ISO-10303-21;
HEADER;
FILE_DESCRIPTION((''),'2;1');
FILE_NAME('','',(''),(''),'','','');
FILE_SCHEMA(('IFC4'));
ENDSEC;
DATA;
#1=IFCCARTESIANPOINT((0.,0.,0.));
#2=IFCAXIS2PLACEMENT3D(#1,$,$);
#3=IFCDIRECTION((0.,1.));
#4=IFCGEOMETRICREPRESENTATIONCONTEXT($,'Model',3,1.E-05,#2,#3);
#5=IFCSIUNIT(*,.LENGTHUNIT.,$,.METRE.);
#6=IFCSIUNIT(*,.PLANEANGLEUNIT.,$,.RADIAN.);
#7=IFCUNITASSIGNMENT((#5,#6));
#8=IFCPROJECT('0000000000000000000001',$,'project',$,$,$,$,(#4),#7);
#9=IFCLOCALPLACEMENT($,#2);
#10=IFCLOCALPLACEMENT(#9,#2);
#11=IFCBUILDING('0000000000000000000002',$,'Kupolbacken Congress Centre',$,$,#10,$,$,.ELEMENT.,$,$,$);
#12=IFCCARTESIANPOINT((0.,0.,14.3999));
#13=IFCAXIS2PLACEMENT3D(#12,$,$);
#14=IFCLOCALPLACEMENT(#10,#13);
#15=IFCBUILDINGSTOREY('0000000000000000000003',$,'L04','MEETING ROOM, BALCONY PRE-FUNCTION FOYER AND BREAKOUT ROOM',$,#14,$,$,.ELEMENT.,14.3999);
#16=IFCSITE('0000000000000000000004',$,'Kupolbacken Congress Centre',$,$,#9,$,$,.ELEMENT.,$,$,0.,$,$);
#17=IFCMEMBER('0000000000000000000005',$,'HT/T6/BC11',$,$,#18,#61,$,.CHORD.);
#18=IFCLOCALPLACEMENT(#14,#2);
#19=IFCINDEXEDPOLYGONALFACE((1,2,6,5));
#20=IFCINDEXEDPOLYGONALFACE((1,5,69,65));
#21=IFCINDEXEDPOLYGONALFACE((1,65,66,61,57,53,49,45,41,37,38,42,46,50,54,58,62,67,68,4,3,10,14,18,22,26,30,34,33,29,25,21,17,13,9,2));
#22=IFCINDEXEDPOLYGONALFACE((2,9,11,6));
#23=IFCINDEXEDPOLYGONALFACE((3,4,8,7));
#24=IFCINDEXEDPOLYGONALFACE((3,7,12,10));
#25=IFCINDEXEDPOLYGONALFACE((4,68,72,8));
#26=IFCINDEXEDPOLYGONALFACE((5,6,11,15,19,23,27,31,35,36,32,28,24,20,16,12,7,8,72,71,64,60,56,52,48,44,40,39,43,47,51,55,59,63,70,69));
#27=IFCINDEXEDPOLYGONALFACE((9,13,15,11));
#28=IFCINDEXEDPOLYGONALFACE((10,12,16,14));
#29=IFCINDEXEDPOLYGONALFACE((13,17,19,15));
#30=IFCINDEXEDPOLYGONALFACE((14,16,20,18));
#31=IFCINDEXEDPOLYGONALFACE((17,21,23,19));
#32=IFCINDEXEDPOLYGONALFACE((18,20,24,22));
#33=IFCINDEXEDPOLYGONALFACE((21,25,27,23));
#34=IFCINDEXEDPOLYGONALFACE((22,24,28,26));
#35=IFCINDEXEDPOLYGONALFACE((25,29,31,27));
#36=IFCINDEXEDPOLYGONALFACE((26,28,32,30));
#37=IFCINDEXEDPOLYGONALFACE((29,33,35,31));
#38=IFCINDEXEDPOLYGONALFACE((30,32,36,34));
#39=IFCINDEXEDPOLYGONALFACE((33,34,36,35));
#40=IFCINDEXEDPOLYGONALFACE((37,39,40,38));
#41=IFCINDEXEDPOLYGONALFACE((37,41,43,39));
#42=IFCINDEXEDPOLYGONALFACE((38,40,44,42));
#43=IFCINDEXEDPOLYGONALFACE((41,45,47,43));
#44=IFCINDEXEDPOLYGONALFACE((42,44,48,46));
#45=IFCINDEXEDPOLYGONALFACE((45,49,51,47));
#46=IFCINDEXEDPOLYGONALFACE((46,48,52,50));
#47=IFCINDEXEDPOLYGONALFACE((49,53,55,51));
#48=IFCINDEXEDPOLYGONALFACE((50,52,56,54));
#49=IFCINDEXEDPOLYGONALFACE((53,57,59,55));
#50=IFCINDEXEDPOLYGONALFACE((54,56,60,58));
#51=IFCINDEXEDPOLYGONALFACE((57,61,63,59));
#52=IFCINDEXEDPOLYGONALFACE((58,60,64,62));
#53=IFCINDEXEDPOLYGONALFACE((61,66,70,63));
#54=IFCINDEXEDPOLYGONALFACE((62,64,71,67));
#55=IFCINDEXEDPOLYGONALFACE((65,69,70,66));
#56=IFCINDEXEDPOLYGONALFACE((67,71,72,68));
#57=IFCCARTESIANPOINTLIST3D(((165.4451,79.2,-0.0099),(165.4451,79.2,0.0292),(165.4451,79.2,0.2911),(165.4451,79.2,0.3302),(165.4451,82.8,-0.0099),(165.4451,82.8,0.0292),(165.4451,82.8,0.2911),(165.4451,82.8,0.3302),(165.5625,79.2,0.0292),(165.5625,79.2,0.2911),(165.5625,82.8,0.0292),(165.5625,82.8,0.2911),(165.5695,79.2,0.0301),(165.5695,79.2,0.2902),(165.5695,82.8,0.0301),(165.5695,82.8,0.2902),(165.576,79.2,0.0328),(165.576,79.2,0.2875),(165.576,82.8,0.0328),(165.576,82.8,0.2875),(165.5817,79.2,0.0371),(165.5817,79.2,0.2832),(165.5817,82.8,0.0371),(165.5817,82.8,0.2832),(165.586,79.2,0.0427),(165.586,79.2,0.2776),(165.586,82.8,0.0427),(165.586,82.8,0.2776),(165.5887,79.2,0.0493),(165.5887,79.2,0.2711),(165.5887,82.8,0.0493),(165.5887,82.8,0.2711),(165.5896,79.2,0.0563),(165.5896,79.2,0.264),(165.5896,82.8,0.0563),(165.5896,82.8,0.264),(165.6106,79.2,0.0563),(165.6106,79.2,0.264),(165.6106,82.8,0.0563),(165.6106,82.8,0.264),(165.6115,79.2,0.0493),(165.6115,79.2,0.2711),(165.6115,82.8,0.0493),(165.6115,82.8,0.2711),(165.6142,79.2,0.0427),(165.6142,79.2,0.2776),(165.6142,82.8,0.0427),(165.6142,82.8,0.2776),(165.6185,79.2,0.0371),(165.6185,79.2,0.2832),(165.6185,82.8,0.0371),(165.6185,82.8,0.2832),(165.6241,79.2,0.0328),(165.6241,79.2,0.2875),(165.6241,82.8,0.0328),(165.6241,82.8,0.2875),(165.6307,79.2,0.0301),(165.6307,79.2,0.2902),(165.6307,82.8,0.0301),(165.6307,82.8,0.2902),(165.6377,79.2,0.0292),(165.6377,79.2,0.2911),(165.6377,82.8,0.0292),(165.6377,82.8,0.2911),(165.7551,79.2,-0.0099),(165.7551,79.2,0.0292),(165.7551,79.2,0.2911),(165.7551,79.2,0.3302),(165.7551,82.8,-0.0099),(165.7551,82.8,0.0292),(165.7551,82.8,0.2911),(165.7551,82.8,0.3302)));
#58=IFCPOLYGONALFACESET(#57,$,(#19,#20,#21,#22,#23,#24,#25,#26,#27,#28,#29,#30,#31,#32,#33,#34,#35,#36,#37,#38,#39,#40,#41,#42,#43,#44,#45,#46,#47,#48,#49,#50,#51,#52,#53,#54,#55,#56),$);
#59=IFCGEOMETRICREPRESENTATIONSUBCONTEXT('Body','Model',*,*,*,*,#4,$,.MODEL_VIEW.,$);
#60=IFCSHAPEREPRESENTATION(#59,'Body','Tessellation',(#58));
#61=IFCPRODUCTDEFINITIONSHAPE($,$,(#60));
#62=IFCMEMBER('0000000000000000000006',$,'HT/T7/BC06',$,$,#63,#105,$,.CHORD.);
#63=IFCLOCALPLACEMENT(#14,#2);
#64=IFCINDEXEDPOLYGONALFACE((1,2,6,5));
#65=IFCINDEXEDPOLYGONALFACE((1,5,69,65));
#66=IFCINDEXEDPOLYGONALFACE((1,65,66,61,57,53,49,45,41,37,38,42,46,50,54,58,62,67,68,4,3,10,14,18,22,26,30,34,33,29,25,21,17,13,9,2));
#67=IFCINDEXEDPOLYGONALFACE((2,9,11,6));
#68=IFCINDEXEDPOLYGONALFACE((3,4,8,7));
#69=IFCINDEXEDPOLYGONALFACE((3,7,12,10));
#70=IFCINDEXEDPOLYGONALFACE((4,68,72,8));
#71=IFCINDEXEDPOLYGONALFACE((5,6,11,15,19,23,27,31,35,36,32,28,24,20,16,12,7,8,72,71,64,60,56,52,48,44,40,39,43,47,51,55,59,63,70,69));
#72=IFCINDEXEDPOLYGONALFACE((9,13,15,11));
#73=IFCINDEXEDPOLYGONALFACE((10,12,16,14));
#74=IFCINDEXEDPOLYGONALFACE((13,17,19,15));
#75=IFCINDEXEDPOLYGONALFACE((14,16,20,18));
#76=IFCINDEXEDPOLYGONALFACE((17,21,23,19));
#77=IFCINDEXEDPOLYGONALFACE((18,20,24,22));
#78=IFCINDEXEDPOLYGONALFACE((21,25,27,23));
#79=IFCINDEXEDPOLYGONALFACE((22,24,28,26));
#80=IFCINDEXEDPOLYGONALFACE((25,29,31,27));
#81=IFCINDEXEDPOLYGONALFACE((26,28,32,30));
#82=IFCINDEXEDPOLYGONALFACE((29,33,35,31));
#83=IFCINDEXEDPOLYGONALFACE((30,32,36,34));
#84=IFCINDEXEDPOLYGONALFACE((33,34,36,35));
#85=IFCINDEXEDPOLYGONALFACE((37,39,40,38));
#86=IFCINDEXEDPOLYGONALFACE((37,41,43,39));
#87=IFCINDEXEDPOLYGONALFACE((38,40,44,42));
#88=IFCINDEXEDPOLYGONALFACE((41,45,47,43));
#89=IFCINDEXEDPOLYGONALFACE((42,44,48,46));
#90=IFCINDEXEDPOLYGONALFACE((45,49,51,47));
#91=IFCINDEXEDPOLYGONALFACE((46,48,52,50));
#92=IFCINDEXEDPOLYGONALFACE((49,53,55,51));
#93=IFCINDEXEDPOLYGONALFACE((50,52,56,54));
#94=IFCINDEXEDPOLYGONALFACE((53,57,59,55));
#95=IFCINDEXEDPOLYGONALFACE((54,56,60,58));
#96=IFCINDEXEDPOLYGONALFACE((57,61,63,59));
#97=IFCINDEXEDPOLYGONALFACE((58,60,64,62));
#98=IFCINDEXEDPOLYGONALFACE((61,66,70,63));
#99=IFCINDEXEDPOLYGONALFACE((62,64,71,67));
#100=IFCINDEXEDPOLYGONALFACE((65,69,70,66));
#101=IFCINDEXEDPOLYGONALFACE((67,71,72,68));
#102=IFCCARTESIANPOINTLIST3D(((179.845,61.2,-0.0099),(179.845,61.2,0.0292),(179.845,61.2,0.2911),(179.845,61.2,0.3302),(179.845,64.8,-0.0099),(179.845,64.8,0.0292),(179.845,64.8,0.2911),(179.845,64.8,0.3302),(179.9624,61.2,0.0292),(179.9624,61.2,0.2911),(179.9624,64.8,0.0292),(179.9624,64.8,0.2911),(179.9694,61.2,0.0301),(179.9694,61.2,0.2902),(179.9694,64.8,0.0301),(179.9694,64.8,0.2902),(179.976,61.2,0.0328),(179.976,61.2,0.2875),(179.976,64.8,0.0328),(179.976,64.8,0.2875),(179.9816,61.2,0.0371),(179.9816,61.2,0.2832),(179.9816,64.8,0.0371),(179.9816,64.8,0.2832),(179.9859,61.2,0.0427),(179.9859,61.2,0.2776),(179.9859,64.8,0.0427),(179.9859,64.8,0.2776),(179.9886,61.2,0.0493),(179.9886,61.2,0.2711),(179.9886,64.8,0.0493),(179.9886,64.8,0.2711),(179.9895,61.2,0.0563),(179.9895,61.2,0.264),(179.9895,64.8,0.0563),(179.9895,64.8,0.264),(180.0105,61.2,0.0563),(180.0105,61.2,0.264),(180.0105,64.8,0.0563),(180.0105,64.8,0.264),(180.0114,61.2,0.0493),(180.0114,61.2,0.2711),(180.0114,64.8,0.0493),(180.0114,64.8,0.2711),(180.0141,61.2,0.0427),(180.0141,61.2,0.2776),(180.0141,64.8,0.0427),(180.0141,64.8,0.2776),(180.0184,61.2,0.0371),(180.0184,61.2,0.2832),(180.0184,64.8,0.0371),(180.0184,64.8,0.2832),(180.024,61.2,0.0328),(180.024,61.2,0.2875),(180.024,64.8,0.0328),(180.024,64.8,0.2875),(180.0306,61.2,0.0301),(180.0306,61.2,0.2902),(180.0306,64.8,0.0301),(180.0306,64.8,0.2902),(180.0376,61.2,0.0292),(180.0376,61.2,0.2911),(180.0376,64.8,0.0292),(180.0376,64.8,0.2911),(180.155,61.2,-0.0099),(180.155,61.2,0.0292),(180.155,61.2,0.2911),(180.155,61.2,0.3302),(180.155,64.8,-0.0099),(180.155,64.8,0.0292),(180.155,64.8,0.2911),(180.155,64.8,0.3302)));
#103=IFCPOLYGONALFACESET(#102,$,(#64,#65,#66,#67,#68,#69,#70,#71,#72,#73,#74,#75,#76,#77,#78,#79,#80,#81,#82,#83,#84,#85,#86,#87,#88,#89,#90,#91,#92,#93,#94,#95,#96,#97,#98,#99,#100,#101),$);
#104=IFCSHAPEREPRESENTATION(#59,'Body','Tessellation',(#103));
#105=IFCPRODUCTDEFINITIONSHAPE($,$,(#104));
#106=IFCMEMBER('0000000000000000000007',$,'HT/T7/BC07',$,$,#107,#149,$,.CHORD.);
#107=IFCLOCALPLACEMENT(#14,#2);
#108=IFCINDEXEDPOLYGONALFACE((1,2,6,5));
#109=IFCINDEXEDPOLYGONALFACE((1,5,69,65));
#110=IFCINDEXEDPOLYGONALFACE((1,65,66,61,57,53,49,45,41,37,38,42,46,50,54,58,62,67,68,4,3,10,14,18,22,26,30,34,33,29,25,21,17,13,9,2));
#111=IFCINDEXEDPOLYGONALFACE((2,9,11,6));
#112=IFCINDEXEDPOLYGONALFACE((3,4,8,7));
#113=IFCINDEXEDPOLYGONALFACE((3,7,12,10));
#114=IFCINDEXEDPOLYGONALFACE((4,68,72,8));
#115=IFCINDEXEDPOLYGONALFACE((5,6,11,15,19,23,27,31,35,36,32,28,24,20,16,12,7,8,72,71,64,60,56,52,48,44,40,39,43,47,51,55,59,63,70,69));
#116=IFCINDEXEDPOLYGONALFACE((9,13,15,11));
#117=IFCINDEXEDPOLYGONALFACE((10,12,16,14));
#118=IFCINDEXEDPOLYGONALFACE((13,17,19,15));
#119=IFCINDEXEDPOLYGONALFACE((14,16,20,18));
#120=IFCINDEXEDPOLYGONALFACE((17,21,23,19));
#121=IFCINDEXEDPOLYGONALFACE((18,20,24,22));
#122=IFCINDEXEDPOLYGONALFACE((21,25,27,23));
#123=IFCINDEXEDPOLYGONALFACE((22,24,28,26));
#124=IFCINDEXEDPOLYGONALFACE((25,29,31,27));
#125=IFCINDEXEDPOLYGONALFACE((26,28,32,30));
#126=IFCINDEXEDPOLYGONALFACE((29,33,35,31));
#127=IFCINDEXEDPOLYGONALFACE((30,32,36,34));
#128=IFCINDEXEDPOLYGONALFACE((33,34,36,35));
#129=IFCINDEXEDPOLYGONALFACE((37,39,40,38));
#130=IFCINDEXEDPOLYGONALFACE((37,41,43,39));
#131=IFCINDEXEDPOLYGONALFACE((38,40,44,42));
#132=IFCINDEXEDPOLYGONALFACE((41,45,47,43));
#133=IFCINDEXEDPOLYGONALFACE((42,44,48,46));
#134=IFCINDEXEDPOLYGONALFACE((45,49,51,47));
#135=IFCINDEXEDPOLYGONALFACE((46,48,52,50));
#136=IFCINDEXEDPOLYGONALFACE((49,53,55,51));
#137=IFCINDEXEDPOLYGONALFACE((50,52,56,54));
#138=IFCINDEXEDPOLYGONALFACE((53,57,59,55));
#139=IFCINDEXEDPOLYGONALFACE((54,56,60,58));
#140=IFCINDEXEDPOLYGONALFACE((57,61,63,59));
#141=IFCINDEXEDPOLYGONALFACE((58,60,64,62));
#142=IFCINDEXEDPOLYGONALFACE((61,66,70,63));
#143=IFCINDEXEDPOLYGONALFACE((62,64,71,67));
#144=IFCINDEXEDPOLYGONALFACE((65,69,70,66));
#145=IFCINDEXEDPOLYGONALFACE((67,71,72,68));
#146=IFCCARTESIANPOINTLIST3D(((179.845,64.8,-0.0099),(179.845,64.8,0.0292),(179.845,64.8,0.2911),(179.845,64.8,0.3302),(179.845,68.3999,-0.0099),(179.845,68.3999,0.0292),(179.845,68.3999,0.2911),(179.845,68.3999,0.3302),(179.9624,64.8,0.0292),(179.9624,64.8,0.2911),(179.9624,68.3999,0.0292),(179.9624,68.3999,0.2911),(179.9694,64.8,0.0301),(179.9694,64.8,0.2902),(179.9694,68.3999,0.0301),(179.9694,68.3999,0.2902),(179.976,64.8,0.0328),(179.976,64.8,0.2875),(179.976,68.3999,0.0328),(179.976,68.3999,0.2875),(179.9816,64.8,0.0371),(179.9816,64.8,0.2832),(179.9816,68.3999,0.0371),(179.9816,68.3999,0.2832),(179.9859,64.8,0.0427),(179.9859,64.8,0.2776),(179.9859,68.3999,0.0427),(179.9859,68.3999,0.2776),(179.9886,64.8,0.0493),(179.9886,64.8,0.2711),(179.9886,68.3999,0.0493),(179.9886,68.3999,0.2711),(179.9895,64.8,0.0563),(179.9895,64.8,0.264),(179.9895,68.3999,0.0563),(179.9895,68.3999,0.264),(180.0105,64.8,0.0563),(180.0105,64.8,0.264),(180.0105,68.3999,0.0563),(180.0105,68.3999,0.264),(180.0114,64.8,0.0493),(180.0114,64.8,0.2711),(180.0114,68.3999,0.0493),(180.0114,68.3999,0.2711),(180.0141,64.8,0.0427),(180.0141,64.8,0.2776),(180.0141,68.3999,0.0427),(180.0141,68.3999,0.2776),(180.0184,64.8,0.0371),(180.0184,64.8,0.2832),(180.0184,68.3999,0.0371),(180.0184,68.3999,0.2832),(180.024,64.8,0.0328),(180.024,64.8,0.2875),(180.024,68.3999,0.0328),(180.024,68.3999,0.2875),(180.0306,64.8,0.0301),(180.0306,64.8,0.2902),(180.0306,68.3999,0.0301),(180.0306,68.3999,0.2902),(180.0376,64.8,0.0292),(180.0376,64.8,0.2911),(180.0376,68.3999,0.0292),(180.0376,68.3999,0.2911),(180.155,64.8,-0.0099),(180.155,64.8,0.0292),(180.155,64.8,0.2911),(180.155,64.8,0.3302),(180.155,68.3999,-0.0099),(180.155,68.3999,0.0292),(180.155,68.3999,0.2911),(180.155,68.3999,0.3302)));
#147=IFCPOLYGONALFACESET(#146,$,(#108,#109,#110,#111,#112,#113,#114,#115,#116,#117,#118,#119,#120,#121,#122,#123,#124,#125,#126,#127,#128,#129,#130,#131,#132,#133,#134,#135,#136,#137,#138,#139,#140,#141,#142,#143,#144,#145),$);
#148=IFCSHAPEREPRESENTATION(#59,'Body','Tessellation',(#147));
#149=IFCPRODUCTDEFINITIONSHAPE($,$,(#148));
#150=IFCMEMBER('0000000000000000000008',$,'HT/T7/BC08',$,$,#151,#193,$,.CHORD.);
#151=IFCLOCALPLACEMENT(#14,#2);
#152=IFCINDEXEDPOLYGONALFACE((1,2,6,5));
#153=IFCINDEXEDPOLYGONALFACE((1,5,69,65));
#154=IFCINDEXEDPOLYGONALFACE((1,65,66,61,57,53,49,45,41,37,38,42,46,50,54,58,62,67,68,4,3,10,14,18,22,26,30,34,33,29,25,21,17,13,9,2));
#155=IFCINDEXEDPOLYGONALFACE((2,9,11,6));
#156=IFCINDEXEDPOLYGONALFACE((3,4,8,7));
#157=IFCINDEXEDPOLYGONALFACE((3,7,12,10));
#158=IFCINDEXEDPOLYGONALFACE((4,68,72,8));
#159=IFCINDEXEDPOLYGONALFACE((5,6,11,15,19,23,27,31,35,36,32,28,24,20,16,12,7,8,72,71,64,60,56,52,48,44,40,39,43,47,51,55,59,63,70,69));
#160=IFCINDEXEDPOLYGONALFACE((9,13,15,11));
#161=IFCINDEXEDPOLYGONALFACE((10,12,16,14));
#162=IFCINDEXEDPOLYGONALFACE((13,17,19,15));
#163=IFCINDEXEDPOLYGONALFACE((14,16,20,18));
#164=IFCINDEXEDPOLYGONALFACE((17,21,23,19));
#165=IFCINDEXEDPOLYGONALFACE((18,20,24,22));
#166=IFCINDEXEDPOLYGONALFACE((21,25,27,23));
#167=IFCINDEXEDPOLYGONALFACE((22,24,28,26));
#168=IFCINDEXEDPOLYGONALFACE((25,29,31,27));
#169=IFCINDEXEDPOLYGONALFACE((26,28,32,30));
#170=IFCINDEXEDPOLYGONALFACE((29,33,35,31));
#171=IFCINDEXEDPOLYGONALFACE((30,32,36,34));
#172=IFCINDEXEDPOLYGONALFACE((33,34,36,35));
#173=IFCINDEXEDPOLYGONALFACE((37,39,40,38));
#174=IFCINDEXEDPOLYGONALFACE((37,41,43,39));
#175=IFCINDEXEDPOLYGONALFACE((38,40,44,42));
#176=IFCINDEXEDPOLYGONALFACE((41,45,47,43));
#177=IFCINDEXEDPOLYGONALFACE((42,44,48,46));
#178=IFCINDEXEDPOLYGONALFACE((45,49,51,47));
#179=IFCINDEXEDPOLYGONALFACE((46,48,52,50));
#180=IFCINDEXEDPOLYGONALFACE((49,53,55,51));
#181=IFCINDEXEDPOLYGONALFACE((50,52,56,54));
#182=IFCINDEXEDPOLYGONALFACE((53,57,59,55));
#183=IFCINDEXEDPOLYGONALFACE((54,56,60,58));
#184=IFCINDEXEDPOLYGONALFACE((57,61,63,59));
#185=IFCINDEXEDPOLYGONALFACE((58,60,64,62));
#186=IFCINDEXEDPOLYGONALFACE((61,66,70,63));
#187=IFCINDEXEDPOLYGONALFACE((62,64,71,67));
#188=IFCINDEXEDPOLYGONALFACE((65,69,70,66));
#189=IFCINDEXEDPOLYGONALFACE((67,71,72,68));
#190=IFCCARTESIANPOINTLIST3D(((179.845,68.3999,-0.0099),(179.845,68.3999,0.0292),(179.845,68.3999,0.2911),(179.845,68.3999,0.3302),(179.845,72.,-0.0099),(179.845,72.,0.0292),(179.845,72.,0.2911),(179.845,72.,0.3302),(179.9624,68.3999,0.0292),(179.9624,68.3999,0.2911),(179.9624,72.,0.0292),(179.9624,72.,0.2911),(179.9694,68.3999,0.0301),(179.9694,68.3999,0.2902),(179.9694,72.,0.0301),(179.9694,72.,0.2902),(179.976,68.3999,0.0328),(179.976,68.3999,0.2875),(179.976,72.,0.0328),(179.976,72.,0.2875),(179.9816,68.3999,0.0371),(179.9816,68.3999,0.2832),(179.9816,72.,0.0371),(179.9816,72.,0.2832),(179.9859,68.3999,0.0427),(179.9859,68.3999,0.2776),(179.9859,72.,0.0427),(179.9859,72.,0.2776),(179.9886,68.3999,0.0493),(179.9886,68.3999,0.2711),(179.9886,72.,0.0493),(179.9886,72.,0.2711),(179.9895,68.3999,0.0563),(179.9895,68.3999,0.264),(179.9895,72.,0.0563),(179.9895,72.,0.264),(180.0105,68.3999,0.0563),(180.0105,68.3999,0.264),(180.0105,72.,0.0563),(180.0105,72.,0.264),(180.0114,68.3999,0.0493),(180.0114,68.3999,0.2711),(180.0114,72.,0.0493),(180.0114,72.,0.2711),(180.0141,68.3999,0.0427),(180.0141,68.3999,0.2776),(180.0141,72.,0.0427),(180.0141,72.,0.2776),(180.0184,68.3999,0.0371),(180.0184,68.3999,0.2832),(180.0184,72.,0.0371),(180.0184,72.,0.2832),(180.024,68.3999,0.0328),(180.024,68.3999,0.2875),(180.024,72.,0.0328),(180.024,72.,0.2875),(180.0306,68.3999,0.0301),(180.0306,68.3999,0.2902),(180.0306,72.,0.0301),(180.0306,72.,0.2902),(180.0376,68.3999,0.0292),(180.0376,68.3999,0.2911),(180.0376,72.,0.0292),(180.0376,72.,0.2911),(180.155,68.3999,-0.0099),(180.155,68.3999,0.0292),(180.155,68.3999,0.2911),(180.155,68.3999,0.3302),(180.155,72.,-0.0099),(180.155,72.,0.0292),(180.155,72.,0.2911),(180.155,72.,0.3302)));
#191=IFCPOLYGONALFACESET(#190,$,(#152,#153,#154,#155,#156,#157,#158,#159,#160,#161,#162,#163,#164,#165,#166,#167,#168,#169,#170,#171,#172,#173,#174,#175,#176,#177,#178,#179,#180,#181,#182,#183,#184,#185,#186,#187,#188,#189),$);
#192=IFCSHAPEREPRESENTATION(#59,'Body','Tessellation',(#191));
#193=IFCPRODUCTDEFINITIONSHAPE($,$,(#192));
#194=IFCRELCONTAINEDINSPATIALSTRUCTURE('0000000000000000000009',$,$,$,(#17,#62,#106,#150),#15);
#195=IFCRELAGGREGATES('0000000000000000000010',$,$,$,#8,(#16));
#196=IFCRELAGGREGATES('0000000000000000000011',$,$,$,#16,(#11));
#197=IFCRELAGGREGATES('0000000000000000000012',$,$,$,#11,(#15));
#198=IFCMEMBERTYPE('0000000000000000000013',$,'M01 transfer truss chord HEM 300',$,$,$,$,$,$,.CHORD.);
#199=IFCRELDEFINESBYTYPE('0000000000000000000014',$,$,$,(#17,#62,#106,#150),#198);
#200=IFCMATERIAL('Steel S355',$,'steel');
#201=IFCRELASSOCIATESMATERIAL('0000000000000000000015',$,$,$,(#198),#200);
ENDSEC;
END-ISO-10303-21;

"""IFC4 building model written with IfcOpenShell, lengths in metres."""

from ifc_helpers import new_model, si_unit, direction, frame, origin, origin_2d, place, context, subcontext, project, spatial, i_section, extrude, material, material_profile, profile_set, type_object, element, save


model = new_model("IFC4")

# Units and contexts
model_context = context("Model", 3, precision=1e-05, world=origin(), true_north=direction((0.0, 1.0)))
body_context = subcontext(model_context, "Body", "Model", "MODEL_VIEW")
ifc_project = project(units=[si_unit("LENGTHUNIT", "METRE"), si_unit("PLANEANGLEUNIT", "RADIAN")], contexts=[model_context])

# Site, building, storey
site_placement = place(None, origin())
site = spatial("IfcSite", under=ifc_project, at=site_placement, Name="Kupolbacken Congress Centre", CompositionType="ELEMENT", RefElevation=0.0)
building_placement = place(site_placement, origin())
building = spatial("IfcBuilding", under=site, at=building_placement, Name="Kupolbacken Congress Centre", CompositionType="ELEMENT")
storey_placement = place(building_placement, frame((0.0, 0.0, 14.3999)))
storey = spatial("IfcBuildingStorey", under=building, at=storey_placement, Name="L04", Description="MEETING ROOM, BALCONY PRE-FUNCTION FOYER AND BREAKOUT ROOM", CompositionType="ELEMENT", Elevation=14.3999)

# Members
ifc_material_1 = material(Name="Steel S355", Category="steel")
ifc_material_profile_1 = material_profile(ifc_material_1, i_section(OverallWidth=0.3101, OverallDepth=0.3401, WebThickness=0.021, FlangeThickness=0.0391, FilletRadius=0.0271, at=origin_2d()), Name="HEM 300")
ifc_profile_set_1 = profile_set([ifc_material_profile_1], Name="Steel S355")
member_type_1 = type_object("IfcMemberType", Name="M01 transfer truss chord HEM 300", PredefinedType="CHORD", material=ifc_profile_set_1)
for number, where, z_axis, x_axis, name in (
    (1, (165.6001, 79.2, 0.1602), (0.0, 1.0, 0.0), (-1.0, 0.0, 0.0), "HT/T6/BC11"),
    (2, (180.0, 61.2, 0.1602), (0.0, 1.0, 0.0), (-1.0, 0.0, 0.0), "HT/T7/BC06"),
):
    element("IfcMember", number, at=place(storey_placement, frame(where, z_axis=z_axis, x_axis=x_axis)), inside=storey, type_object=member_type_1, Name=name, PredefinedType="CHORD", context=body_context, shape_type="SweptSolid", body=[
        extrude(i_section(OverallWidth=0.3101, OverallDepth=0.3401, WebThickness=0.021, FlangeThickness=0.0391, FilletRadius=0.0271, at=origin_2d()), origin(), (0.0, 0.0, 1.0), 3.6001),
    ])
member_1_placement = place(storey_placement, frame((180.0, 64.8, 0.1602), z_axis=(0.0, 1.0, 0.0), x_axis=(-1.0, 0.0, 0.0)))
element("IfcMember", 3, at=member_1_placement, inside=storey, type_object=member_type_1, Name="HT/T7/BC07", PredefinedType="CHORD", context=body_context, shape_type="SweptSolid", body=[
    extrude(i_section(OverallWidth=0.3101, OverallDepth=0.3401, WebThickness=0.021, FlangeThickness=0.0391, FilletRadius=0.0271, at=origin_2d()), origin(), (0.0, 0.0, 1.0), 3.5999),
])
member_2_placement = place(storey_placement, frame((180.0, 68.3999, 0.1602), z_axis=(0.0, 1.0, 0.0), x_axis=(-1.0, 0.0, 0.0)))
element("IfcMember", 4, at=member_2_placement, inside=storey, type_object=member_type_1, Name="HT/T7/BC08", PredefinedType="CHORD", context=body_context, shape_type="SweptSolid", body=[
    extrude(i_section(OverallWidth=0.3101, OverallDepth=0.3401, WebThickness=0.021, FlangeThickness=0.0391, FilletRadius=0.0271, at=origin_2d()), origin(), (0.0, 0.0, 1.0), 3.6001),
])

save(model, "model.ifc")
